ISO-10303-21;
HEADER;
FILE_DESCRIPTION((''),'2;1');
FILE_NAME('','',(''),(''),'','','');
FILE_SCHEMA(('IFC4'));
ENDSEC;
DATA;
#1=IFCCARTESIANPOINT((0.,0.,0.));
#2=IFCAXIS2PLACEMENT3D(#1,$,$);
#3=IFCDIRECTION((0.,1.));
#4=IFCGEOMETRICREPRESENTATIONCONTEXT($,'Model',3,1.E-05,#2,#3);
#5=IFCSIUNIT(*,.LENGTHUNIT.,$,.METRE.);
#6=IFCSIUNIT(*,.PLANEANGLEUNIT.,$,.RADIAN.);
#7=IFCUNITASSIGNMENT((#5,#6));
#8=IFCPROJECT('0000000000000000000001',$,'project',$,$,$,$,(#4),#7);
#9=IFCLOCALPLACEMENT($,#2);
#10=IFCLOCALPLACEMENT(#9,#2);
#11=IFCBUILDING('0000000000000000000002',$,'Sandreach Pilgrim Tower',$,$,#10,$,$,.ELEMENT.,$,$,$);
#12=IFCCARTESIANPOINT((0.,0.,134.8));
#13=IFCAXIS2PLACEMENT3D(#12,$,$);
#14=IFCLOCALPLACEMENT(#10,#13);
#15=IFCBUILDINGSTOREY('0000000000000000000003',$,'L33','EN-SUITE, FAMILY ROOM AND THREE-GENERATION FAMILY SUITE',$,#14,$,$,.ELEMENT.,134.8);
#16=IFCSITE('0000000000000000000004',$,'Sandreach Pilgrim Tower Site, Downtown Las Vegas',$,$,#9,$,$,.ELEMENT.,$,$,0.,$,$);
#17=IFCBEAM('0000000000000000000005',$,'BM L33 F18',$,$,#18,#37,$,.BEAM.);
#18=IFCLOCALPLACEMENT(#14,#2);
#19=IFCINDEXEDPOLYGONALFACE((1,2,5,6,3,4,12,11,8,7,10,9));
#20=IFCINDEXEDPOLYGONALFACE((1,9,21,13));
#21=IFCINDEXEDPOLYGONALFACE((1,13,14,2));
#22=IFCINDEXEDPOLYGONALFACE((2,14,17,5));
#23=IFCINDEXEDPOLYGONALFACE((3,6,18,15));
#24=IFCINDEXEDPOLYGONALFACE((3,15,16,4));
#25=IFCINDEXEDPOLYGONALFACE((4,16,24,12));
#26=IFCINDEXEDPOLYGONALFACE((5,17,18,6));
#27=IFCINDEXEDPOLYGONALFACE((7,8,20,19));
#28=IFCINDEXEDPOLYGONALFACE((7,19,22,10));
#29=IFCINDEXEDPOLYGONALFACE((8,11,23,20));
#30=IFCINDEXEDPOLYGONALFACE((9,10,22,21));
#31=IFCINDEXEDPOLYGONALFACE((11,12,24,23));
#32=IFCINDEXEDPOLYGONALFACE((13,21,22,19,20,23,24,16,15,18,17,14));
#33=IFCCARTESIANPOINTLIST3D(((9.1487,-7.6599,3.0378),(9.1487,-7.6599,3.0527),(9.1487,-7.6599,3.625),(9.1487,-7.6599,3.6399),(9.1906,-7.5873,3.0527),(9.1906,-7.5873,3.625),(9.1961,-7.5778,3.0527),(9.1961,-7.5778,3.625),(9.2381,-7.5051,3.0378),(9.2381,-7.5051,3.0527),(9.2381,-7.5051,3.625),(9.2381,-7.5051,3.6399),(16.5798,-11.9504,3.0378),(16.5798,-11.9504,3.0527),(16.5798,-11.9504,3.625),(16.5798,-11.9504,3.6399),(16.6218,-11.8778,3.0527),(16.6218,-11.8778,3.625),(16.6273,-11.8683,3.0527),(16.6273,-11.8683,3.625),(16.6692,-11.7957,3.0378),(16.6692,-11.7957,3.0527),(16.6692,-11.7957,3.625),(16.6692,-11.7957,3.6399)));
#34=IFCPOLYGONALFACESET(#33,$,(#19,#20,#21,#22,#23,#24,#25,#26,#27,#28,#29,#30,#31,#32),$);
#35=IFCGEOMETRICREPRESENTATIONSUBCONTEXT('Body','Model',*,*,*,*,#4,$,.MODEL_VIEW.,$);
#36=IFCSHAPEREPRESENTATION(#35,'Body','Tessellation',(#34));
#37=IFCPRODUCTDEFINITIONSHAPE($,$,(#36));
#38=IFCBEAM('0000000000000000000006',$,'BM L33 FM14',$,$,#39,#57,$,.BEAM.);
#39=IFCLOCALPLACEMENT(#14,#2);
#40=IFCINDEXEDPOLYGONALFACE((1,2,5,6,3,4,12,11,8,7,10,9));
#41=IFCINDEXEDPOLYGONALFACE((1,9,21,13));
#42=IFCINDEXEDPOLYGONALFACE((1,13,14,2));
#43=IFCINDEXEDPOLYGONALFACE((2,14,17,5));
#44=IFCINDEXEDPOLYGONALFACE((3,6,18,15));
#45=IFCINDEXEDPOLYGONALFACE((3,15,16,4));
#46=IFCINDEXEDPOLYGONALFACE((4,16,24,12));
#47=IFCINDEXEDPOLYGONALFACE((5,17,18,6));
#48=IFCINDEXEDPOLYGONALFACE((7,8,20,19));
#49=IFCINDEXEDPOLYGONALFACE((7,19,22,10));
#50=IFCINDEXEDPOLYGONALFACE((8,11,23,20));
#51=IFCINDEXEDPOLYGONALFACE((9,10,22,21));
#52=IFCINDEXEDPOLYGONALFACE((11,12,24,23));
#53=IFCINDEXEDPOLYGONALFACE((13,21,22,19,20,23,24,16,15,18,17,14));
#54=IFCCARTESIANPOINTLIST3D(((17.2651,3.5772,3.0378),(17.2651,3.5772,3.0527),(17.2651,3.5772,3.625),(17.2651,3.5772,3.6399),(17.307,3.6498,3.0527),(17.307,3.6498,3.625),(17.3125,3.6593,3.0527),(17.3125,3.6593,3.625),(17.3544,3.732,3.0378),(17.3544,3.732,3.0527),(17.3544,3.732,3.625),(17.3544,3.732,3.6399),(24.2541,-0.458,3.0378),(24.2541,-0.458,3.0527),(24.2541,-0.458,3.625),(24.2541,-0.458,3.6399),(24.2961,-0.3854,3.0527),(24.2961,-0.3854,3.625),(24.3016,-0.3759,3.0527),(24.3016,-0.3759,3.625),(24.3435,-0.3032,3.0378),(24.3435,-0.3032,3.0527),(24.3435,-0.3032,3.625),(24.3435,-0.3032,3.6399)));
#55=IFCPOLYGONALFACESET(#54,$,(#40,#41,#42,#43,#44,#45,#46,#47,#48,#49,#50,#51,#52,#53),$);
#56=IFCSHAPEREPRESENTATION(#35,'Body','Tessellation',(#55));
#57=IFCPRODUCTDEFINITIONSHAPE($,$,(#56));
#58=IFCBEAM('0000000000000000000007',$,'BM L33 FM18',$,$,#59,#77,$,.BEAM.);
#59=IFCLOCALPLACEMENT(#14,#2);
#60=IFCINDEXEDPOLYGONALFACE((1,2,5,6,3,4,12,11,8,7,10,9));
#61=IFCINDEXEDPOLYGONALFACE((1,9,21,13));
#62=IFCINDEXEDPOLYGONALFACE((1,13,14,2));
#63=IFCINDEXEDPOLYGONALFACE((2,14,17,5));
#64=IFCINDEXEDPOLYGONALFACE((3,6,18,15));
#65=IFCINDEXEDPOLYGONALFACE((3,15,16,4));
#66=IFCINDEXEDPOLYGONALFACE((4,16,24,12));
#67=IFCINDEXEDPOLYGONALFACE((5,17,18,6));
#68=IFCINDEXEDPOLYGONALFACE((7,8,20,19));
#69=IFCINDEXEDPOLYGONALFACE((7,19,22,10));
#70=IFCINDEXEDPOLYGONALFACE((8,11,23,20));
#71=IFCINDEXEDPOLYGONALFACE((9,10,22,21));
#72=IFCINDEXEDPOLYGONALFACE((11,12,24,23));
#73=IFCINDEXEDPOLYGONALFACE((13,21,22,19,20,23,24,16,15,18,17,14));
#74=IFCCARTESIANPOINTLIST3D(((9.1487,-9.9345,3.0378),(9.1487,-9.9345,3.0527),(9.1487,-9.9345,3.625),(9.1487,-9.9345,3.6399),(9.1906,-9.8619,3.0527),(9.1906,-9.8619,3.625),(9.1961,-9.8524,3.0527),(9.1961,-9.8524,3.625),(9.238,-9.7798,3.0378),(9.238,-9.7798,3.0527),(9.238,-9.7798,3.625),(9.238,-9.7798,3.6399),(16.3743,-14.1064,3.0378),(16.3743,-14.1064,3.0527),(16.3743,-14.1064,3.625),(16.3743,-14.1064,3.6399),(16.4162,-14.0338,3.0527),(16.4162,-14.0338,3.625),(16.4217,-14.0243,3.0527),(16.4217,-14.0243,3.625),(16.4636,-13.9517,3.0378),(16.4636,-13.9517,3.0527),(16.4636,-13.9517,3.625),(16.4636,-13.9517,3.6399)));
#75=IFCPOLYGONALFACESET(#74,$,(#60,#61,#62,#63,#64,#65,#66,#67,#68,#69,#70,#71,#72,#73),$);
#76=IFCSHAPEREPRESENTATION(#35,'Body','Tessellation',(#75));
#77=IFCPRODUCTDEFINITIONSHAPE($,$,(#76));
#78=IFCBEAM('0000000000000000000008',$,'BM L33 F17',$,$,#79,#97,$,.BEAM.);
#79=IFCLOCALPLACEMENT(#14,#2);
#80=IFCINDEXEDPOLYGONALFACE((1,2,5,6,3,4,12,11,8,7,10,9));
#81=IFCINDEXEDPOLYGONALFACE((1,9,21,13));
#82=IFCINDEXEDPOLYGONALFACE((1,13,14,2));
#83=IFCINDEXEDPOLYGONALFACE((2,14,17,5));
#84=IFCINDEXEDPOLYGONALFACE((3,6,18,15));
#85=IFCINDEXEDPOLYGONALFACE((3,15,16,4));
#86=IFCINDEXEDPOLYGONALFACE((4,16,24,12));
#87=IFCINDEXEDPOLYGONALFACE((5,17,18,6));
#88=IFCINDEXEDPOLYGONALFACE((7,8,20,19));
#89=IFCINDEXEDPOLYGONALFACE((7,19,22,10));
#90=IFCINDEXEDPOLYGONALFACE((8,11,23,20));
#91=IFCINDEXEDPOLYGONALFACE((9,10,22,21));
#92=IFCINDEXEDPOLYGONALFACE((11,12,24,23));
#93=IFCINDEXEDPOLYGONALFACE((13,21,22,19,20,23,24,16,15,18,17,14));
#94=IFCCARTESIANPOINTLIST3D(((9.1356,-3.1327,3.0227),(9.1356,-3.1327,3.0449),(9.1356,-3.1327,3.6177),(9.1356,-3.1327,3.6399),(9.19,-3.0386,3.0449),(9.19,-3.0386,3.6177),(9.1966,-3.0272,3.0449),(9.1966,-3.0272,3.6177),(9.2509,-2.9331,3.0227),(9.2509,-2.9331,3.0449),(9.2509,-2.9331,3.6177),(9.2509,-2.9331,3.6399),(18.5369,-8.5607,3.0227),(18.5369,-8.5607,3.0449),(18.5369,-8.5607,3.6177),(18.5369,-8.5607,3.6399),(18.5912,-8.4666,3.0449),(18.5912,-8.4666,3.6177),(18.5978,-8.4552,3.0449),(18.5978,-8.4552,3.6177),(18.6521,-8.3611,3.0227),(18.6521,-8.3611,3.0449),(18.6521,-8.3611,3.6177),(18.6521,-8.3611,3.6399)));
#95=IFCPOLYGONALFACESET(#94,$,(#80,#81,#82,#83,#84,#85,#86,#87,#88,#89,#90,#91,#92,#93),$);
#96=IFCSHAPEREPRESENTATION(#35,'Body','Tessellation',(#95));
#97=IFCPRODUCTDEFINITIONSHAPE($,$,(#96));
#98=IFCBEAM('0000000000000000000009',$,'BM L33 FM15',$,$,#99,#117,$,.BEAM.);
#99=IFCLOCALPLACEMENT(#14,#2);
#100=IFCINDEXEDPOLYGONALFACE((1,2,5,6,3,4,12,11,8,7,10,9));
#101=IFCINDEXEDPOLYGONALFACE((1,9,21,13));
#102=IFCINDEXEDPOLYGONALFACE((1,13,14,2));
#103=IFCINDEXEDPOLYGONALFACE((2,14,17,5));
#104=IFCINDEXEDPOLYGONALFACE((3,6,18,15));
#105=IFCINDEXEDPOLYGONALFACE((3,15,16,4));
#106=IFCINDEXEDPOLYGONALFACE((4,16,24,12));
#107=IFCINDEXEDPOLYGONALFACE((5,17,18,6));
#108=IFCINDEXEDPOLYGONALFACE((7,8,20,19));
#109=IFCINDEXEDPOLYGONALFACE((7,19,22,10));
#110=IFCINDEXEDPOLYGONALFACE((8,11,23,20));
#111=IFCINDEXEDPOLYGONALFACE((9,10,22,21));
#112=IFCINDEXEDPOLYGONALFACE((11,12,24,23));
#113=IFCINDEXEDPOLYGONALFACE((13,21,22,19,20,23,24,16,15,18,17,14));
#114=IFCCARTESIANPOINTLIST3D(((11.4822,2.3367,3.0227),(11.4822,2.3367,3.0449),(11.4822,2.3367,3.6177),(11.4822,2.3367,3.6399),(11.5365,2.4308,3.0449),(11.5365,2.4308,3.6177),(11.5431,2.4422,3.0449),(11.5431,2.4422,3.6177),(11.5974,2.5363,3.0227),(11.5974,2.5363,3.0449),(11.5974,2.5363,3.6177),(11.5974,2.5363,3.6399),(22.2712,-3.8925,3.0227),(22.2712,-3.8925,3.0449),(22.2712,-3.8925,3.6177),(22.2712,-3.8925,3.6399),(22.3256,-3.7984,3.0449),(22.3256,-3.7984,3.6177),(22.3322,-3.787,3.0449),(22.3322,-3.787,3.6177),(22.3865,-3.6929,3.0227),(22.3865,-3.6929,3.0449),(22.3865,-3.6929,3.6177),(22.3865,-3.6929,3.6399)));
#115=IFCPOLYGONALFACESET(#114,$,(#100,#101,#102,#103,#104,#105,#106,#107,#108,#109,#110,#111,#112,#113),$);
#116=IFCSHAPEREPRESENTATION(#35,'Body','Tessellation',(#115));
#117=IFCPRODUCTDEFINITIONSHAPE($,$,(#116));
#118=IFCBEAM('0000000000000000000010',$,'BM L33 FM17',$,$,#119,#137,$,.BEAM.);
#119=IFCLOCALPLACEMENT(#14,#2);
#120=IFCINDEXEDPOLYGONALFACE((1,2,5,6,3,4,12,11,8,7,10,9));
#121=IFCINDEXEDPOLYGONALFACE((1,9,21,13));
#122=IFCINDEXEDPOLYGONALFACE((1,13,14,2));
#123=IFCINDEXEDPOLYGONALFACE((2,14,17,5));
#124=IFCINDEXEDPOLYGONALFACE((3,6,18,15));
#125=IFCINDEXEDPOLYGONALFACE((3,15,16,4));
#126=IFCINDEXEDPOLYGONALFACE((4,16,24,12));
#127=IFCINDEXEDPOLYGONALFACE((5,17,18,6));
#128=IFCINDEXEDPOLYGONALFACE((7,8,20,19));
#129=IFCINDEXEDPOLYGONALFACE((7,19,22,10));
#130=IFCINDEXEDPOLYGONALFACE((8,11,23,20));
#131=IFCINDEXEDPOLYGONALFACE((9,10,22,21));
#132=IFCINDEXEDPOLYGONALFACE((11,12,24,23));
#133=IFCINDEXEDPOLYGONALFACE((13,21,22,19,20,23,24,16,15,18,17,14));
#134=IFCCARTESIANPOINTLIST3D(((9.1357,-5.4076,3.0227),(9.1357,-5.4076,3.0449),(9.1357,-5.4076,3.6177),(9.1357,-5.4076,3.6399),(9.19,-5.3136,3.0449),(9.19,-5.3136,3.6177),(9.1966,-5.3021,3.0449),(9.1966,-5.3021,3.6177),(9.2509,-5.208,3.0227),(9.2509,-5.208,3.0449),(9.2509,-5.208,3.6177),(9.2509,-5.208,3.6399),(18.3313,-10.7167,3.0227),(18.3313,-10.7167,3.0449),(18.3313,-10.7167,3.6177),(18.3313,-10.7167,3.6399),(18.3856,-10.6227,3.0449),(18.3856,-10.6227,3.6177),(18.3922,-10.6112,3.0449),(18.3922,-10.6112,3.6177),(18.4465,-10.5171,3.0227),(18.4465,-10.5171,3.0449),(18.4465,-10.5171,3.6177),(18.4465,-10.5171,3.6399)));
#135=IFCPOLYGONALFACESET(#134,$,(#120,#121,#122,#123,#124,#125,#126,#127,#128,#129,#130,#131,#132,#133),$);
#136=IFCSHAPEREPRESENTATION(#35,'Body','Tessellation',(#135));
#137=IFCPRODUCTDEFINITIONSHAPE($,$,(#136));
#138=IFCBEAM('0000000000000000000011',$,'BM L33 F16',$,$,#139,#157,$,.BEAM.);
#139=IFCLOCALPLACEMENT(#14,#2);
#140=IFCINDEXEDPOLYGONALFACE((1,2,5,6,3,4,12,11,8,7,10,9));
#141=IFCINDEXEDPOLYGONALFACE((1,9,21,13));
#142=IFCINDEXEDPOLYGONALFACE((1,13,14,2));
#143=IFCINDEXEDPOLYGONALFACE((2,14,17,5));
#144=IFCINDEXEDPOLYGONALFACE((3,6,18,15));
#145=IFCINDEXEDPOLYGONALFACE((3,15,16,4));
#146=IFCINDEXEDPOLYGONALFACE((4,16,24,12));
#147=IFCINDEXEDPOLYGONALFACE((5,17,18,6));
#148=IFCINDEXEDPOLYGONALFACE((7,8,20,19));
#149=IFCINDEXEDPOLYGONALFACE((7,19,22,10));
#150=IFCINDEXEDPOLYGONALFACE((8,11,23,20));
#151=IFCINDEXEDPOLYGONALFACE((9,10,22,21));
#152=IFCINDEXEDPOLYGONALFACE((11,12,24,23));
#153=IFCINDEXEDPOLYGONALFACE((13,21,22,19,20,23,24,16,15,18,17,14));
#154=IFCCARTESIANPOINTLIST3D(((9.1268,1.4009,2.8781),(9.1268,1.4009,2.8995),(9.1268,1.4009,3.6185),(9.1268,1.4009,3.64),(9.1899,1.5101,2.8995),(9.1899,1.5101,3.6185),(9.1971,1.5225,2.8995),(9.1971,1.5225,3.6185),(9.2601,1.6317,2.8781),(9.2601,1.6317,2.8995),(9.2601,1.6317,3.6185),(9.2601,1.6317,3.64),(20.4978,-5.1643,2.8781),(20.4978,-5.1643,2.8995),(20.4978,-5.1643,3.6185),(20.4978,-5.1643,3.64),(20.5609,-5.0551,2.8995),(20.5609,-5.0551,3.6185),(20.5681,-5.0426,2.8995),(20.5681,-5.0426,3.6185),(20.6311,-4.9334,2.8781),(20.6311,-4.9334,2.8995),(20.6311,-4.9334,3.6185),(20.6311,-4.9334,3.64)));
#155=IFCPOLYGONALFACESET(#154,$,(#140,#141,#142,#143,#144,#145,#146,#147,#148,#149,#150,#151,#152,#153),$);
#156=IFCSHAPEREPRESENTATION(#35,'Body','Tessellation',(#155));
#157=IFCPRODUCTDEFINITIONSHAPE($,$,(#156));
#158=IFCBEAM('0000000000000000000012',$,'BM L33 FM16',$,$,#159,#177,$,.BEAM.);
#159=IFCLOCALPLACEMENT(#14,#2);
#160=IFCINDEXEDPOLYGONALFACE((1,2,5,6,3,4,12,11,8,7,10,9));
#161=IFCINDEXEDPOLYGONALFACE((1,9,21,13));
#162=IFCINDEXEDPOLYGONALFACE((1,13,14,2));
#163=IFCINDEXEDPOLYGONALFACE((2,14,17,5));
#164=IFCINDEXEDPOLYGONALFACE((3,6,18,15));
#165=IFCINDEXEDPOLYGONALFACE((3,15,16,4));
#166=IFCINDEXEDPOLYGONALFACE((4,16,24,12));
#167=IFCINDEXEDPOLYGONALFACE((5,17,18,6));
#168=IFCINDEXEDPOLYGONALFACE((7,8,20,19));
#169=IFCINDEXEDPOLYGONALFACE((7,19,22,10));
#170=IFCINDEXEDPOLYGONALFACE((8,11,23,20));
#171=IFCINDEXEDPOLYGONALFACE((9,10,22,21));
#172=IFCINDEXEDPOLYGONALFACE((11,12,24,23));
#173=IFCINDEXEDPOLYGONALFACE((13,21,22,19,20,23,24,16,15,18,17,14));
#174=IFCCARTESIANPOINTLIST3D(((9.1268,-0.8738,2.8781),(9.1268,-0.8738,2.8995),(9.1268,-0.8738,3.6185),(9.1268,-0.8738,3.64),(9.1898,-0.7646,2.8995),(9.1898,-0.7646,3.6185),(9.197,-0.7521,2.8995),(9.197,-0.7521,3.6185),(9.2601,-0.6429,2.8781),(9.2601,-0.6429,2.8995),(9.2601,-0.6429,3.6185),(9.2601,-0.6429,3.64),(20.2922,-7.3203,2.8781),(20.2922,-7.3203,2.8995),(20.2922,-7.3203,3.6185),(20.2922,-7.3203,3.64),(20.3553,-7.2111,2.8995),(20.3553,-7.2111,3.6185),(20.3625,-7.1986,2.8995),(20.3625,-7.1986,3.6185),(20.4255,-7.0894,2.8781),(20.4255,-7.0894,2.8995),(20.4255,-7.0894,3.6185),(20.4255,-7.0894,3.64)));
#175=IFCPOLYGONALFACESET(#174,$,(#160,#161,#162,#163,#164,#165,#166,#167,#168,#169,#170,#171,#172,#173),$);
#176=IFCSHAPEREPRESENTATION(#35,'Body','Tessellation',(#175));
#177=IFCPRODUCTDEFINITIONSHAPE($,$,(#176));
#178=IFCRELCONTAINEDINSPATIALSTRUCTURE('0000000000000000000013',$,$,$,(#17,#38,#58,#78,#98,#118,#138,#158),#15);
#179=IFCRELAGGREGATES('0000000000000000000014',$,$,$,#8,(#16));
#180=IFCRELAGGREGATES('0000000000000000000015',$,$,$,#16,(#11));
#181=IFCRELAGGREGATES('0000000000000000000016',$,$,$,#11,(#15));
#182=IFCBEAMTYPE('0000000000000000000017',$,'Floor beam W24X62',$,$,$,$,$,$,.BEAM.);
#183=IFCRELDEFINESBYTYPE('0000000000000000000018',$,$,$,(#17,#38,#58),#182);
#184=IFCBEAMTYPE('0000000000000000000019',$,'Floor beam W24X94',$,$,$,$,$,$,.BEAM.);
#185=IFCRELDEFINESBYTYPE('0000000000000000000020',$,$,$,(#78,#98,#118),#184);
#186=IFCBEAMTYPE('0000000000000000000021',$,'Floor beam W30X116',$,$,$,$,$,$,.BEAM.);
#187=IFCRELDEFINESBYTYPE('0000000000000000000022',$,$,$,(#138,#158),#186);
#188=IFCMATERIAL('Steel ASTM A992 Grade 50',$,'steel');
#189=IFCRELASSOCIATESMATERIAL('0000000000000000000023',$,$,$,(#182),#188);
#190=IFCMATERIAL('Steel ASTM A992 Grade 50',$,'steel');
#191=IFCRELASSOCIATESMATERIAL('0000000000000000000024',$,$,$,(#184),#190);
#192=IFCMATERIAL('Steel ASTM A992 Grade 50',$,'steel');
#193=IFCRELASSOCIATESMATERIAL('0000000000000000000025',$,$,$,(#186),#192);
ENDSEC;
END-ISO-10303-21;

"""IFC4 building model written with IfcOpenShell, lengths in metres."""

from ifc_helpers import new_model, si_unit, direction, frame, origin, origin_2d, place, context, subcontext, project, spatial, i_section, extrude, material, material_profile, profile_set, type_object, element, save


model = new_model("IFC4")

# Units and contexts
model_context = context("Model", 3, precision=1e-05, world=origin(), true_north=direction((0.0, 1.0)))
body_context = subcontext(model_context, "Body", "Model", "MODEL_VIEW")
ifc_project = project(units=[si_unit("LENGTHUNIT", "METRE"), si_unit("PLANEANGLEUNIT", "RADIAN")], contexts=[model_context])

# Site, building, storey
site_placement = place(None, origin())
site = spatial("IfcSite", under=ifc_project, at=site_placement, Name="Sandreach Pilgrim Tower Site, Downtown Las Vegas", CompositionType="ELEMENT", RefElevation=0.0)
building_placement = place(site_placement, origin())
building = spatial("IfcBuilding", under=site, at=building_placement, Name="Sandreach Pilgrim Tower", CompositionType="ELEMENT")
storey_placement = place(building_placement, frame((0.0, 0.0, 134.8)))
storey = spatial("IfcBuildingStorey", under=building, at=storey_placement, Name="L33", Description="EN-SUITE, FAMILY ROOM AND THREE-GENERATION FAMILY SUITE", CompositionType="ELEMENT", Elevation=134.8)

# Beams
ifc_material_1 = material(Name="Steel ASTM A992 Grade 50", Category="steel")
ifc_material_profile_1 = material_profile(ifc_material_1, i_section(OverallWidth=0.1787, OverallDepth=0.6021, WebThickness=0.011, FlangeThickness=0.0149, at=origin_2d()), Name="W24X62")
ifc_profile_set_1 = profile_set([ifc_material_profile_1], Name="Steel ASTM A992 Grade 50")
beam_type_1 = type_object("IfcBeamType", Name="Floor beam W24X62", PredefinedType="BEAM", material=ifc_profile_set_1)
beam_1_placement = place(storey_placement, frame((16.6245, -11.873, 3.3389), z_axis=(-0.866018, 0.500013, 0.0), x_axis=(-0.500013, -0.866018, 0.0)))
element("IfcBeam", 1, at=beam_1_placement, inside=storey, type_object=beam_type_1, Name="BM L33 F18", PredefinedType="BEAM", context=body_context, shape_type="SweptSolid", body=[
    extrude(i_section(OverallWidth=0.1787, OverallDepth=0.6021, WebThickness=0.011, FlangeThickness=0.0149, at=origin_2d()), origin(), (0.0, 0.0, 1.0), 8.5808),
])
beam_2_placement = place(storey_placement, frame((24.2988, -0.3806, 3.3389), z_axis=(-0.866023, 0.500004, 0.0), x_axis=(-0.500004, -0.866023, 0.0)))
element("IfcBeam", 2, at=beam_2_placement, inside=storey, type_object=beam_type_1, Name="BM L33 FM14", PredefinedType="BEAM", context=body_context, shape_type="SweptSolid", body=[
    extrude(i_section(OverallWidth=0.1787, OverallDepth=0.6021, WebThickness=0.011, FlangeThickness=0.0149, at=origin_2d()), origin(), (0.0, 0.0, 1.0), 8.0703),
])
beam_3_placement = place(storey_placement, frame((16.4189, -14.0291, 3.3389), z_axis=(-0.866016, 0.500016, 0.0), x_axis=(-0.500016, -0.866016, 0.0)))
element("IfcBeam", 3, at=beam_3_placement, inside=storey, type_object=beam_type_1, Name="BM L33 FM18", PredefinedType="BEAM", context=body_context, shape_type="SweptSolid", body=[
    extrude(i_section(OverallWidth=0.1787, OverallDepth=0.6021, WebThickness=0.011, FlangeThickness=0.0149, at=origin_2d()), origin(), (0.0, 0.0, 1.0), 8.3435),
])
ifc_material_2 = material(Name="Steel ASTM A992 Grade 50", Category="steel")
ifc_material_profile_2 = material_profile(ifc_material_2, i_section(OverallWidth=0.2305, OverallDepth=0.6172, WebThickness=0.0132, FlangeThickness=0.0222, at=origin_2d()), Name="W24X94")
ifc_profile_set_2 = profile_set([ifc_material_profile_2], Name="Steel ASTM A992 Grade 50")
beam_type_2 = type_object("IfcBeamType", Name="Floor beam W24X94", PredefinedType="BEAM", material=ifc_profile_set_2)
beam_4_placement = place(storey_placement, frame((18.5945, -8.4609, 3.3313), z_axis=(-0.866016, 0.500016, 0.0), x_axis=(-0.500016, -0.866016, 0.0)))
element("IfcBeam", 4, at=beam_4_placement, inside=storey, type_object=beam_type_2, Name="BM L33 F17", PredefinedType="BEAM", context=body_context, shape_type="SweptSolid", body=[
    extrude(i_section(OverallWidth=0.2305, OverallDepth=0.6172, WebThickness=0.0132, FlangeThickness=0.0222, at=origin_2d()), origin(), (0.0, 0.0, 1.0), 10.8557),
])
beam_5_placement = place(storey_placement, frame((22.3289, -3.7927, 3.3313), z_axis=(-0.866019, 0.500011, 0.0), x_axis=(-0.500011, -0.866019, 0.0)))
element("IfcBeam", 5, at=beam_5_placement, inside=storey, type_object=beam_type_2, Name="BM L33 FM15", PredefinedType="BEAM", context=body_context, shape_type="SweptSolid", body=[
    extrude(i_section(OverallWidth=0.2305, OverallDepth=0.6172, WebThickness=0.0132, FlangeThickness=0.0222, at=origin_2d()), origin(), (0.0, 0.0, 1.0), 12.4583),
])
beam_6_placement = place(storey_placement, frame((18.3889, -10.6169, 3.3313), z_axis=(-0.866024, 0.500002, 0.0), x_axis=(-0.500002, -0.866024, 0.0)))
element("IfcBeam", 6, at=beam_6_placement, inside=storey, type_object=beam_type_2, Name="BM L33 FM17", PredefinedType="BEAM", context=body_context, shape_type="SweptSolid", body=[
    extrude(i_section(OverallWidth=0.2305, OverallDepth=0.6172, WebThickness=0.0132, FlangeThickness=0.0222, at=origin_2d()), origin(), (0.0, 0.0, 1.0), 10.6182),
])
ifc_material_3 = material(Name="Steel ASTM A992 Grade 50", Category="steel")
ifc_material_profile_3 = material_profile(ifc_material_3, i_section(OverallWidth=0.2666, OverallDepth=0.762, WebThickness=0.0144, FlangeThickness=0.0215, at=origin_2d()), Name="W30X116")
ifc_profile_set_3 = profile_set([ifc_material_profile_3], Name="Steel ASTM A992 Grade 50")
beam_type_3 = type_object("IfcBeamType", Name="Floor beam W30X116", PredefinedType="BEAM", material=ifc_profile_set_3)
beam_7_placement = place(storey_placement, frame((20.5645, -5.0488, 3.259), z_axis=(-0.866023, 0.500005, 0.0), x_axis=(-0.500005, -0.866023, 0.0)))
element("IfcBeam", 7, at=beam_7_placement, inside=storey, type_object=beam_type_3, Name="BM L33 F16", PredefinedType="BEAM", context=body_context, shape_type="SweptSolid", body=[
    extrude(i_section(OverallWidth=0.2666, OverallDepth=0.762, WebThickness=0.0144, FlangeThickness=0.0215, at=origin_2d()), origin(), (0.0, 0.0, 1.0), 13.1301),
])
beam_8_placement = place(storey_placement, frame((20.3589, -7.2048, 3.259), z_axis=(-0.866022, 0.500007, 0.0), x_axis=(-0.500007, -0.866022, 0.0)))
element("IfcBeam", 8, at=beam_8_placement, inside=storey, type_object=beam_type_3, Name="BM L33 FM16", PredefinedType="BEAM", context=body_context, shape_type="SweptSolid", body=[
    extrude(i_section(OverallWidth=0.2666, OverallDepth=0.762, WebThickness=0.0144, FlangeThickness=0.0215, at=origin_2d()), origin(), (0.0, 0.0, 1.0), 12.8928),
])

save(model, "model.ifc")
